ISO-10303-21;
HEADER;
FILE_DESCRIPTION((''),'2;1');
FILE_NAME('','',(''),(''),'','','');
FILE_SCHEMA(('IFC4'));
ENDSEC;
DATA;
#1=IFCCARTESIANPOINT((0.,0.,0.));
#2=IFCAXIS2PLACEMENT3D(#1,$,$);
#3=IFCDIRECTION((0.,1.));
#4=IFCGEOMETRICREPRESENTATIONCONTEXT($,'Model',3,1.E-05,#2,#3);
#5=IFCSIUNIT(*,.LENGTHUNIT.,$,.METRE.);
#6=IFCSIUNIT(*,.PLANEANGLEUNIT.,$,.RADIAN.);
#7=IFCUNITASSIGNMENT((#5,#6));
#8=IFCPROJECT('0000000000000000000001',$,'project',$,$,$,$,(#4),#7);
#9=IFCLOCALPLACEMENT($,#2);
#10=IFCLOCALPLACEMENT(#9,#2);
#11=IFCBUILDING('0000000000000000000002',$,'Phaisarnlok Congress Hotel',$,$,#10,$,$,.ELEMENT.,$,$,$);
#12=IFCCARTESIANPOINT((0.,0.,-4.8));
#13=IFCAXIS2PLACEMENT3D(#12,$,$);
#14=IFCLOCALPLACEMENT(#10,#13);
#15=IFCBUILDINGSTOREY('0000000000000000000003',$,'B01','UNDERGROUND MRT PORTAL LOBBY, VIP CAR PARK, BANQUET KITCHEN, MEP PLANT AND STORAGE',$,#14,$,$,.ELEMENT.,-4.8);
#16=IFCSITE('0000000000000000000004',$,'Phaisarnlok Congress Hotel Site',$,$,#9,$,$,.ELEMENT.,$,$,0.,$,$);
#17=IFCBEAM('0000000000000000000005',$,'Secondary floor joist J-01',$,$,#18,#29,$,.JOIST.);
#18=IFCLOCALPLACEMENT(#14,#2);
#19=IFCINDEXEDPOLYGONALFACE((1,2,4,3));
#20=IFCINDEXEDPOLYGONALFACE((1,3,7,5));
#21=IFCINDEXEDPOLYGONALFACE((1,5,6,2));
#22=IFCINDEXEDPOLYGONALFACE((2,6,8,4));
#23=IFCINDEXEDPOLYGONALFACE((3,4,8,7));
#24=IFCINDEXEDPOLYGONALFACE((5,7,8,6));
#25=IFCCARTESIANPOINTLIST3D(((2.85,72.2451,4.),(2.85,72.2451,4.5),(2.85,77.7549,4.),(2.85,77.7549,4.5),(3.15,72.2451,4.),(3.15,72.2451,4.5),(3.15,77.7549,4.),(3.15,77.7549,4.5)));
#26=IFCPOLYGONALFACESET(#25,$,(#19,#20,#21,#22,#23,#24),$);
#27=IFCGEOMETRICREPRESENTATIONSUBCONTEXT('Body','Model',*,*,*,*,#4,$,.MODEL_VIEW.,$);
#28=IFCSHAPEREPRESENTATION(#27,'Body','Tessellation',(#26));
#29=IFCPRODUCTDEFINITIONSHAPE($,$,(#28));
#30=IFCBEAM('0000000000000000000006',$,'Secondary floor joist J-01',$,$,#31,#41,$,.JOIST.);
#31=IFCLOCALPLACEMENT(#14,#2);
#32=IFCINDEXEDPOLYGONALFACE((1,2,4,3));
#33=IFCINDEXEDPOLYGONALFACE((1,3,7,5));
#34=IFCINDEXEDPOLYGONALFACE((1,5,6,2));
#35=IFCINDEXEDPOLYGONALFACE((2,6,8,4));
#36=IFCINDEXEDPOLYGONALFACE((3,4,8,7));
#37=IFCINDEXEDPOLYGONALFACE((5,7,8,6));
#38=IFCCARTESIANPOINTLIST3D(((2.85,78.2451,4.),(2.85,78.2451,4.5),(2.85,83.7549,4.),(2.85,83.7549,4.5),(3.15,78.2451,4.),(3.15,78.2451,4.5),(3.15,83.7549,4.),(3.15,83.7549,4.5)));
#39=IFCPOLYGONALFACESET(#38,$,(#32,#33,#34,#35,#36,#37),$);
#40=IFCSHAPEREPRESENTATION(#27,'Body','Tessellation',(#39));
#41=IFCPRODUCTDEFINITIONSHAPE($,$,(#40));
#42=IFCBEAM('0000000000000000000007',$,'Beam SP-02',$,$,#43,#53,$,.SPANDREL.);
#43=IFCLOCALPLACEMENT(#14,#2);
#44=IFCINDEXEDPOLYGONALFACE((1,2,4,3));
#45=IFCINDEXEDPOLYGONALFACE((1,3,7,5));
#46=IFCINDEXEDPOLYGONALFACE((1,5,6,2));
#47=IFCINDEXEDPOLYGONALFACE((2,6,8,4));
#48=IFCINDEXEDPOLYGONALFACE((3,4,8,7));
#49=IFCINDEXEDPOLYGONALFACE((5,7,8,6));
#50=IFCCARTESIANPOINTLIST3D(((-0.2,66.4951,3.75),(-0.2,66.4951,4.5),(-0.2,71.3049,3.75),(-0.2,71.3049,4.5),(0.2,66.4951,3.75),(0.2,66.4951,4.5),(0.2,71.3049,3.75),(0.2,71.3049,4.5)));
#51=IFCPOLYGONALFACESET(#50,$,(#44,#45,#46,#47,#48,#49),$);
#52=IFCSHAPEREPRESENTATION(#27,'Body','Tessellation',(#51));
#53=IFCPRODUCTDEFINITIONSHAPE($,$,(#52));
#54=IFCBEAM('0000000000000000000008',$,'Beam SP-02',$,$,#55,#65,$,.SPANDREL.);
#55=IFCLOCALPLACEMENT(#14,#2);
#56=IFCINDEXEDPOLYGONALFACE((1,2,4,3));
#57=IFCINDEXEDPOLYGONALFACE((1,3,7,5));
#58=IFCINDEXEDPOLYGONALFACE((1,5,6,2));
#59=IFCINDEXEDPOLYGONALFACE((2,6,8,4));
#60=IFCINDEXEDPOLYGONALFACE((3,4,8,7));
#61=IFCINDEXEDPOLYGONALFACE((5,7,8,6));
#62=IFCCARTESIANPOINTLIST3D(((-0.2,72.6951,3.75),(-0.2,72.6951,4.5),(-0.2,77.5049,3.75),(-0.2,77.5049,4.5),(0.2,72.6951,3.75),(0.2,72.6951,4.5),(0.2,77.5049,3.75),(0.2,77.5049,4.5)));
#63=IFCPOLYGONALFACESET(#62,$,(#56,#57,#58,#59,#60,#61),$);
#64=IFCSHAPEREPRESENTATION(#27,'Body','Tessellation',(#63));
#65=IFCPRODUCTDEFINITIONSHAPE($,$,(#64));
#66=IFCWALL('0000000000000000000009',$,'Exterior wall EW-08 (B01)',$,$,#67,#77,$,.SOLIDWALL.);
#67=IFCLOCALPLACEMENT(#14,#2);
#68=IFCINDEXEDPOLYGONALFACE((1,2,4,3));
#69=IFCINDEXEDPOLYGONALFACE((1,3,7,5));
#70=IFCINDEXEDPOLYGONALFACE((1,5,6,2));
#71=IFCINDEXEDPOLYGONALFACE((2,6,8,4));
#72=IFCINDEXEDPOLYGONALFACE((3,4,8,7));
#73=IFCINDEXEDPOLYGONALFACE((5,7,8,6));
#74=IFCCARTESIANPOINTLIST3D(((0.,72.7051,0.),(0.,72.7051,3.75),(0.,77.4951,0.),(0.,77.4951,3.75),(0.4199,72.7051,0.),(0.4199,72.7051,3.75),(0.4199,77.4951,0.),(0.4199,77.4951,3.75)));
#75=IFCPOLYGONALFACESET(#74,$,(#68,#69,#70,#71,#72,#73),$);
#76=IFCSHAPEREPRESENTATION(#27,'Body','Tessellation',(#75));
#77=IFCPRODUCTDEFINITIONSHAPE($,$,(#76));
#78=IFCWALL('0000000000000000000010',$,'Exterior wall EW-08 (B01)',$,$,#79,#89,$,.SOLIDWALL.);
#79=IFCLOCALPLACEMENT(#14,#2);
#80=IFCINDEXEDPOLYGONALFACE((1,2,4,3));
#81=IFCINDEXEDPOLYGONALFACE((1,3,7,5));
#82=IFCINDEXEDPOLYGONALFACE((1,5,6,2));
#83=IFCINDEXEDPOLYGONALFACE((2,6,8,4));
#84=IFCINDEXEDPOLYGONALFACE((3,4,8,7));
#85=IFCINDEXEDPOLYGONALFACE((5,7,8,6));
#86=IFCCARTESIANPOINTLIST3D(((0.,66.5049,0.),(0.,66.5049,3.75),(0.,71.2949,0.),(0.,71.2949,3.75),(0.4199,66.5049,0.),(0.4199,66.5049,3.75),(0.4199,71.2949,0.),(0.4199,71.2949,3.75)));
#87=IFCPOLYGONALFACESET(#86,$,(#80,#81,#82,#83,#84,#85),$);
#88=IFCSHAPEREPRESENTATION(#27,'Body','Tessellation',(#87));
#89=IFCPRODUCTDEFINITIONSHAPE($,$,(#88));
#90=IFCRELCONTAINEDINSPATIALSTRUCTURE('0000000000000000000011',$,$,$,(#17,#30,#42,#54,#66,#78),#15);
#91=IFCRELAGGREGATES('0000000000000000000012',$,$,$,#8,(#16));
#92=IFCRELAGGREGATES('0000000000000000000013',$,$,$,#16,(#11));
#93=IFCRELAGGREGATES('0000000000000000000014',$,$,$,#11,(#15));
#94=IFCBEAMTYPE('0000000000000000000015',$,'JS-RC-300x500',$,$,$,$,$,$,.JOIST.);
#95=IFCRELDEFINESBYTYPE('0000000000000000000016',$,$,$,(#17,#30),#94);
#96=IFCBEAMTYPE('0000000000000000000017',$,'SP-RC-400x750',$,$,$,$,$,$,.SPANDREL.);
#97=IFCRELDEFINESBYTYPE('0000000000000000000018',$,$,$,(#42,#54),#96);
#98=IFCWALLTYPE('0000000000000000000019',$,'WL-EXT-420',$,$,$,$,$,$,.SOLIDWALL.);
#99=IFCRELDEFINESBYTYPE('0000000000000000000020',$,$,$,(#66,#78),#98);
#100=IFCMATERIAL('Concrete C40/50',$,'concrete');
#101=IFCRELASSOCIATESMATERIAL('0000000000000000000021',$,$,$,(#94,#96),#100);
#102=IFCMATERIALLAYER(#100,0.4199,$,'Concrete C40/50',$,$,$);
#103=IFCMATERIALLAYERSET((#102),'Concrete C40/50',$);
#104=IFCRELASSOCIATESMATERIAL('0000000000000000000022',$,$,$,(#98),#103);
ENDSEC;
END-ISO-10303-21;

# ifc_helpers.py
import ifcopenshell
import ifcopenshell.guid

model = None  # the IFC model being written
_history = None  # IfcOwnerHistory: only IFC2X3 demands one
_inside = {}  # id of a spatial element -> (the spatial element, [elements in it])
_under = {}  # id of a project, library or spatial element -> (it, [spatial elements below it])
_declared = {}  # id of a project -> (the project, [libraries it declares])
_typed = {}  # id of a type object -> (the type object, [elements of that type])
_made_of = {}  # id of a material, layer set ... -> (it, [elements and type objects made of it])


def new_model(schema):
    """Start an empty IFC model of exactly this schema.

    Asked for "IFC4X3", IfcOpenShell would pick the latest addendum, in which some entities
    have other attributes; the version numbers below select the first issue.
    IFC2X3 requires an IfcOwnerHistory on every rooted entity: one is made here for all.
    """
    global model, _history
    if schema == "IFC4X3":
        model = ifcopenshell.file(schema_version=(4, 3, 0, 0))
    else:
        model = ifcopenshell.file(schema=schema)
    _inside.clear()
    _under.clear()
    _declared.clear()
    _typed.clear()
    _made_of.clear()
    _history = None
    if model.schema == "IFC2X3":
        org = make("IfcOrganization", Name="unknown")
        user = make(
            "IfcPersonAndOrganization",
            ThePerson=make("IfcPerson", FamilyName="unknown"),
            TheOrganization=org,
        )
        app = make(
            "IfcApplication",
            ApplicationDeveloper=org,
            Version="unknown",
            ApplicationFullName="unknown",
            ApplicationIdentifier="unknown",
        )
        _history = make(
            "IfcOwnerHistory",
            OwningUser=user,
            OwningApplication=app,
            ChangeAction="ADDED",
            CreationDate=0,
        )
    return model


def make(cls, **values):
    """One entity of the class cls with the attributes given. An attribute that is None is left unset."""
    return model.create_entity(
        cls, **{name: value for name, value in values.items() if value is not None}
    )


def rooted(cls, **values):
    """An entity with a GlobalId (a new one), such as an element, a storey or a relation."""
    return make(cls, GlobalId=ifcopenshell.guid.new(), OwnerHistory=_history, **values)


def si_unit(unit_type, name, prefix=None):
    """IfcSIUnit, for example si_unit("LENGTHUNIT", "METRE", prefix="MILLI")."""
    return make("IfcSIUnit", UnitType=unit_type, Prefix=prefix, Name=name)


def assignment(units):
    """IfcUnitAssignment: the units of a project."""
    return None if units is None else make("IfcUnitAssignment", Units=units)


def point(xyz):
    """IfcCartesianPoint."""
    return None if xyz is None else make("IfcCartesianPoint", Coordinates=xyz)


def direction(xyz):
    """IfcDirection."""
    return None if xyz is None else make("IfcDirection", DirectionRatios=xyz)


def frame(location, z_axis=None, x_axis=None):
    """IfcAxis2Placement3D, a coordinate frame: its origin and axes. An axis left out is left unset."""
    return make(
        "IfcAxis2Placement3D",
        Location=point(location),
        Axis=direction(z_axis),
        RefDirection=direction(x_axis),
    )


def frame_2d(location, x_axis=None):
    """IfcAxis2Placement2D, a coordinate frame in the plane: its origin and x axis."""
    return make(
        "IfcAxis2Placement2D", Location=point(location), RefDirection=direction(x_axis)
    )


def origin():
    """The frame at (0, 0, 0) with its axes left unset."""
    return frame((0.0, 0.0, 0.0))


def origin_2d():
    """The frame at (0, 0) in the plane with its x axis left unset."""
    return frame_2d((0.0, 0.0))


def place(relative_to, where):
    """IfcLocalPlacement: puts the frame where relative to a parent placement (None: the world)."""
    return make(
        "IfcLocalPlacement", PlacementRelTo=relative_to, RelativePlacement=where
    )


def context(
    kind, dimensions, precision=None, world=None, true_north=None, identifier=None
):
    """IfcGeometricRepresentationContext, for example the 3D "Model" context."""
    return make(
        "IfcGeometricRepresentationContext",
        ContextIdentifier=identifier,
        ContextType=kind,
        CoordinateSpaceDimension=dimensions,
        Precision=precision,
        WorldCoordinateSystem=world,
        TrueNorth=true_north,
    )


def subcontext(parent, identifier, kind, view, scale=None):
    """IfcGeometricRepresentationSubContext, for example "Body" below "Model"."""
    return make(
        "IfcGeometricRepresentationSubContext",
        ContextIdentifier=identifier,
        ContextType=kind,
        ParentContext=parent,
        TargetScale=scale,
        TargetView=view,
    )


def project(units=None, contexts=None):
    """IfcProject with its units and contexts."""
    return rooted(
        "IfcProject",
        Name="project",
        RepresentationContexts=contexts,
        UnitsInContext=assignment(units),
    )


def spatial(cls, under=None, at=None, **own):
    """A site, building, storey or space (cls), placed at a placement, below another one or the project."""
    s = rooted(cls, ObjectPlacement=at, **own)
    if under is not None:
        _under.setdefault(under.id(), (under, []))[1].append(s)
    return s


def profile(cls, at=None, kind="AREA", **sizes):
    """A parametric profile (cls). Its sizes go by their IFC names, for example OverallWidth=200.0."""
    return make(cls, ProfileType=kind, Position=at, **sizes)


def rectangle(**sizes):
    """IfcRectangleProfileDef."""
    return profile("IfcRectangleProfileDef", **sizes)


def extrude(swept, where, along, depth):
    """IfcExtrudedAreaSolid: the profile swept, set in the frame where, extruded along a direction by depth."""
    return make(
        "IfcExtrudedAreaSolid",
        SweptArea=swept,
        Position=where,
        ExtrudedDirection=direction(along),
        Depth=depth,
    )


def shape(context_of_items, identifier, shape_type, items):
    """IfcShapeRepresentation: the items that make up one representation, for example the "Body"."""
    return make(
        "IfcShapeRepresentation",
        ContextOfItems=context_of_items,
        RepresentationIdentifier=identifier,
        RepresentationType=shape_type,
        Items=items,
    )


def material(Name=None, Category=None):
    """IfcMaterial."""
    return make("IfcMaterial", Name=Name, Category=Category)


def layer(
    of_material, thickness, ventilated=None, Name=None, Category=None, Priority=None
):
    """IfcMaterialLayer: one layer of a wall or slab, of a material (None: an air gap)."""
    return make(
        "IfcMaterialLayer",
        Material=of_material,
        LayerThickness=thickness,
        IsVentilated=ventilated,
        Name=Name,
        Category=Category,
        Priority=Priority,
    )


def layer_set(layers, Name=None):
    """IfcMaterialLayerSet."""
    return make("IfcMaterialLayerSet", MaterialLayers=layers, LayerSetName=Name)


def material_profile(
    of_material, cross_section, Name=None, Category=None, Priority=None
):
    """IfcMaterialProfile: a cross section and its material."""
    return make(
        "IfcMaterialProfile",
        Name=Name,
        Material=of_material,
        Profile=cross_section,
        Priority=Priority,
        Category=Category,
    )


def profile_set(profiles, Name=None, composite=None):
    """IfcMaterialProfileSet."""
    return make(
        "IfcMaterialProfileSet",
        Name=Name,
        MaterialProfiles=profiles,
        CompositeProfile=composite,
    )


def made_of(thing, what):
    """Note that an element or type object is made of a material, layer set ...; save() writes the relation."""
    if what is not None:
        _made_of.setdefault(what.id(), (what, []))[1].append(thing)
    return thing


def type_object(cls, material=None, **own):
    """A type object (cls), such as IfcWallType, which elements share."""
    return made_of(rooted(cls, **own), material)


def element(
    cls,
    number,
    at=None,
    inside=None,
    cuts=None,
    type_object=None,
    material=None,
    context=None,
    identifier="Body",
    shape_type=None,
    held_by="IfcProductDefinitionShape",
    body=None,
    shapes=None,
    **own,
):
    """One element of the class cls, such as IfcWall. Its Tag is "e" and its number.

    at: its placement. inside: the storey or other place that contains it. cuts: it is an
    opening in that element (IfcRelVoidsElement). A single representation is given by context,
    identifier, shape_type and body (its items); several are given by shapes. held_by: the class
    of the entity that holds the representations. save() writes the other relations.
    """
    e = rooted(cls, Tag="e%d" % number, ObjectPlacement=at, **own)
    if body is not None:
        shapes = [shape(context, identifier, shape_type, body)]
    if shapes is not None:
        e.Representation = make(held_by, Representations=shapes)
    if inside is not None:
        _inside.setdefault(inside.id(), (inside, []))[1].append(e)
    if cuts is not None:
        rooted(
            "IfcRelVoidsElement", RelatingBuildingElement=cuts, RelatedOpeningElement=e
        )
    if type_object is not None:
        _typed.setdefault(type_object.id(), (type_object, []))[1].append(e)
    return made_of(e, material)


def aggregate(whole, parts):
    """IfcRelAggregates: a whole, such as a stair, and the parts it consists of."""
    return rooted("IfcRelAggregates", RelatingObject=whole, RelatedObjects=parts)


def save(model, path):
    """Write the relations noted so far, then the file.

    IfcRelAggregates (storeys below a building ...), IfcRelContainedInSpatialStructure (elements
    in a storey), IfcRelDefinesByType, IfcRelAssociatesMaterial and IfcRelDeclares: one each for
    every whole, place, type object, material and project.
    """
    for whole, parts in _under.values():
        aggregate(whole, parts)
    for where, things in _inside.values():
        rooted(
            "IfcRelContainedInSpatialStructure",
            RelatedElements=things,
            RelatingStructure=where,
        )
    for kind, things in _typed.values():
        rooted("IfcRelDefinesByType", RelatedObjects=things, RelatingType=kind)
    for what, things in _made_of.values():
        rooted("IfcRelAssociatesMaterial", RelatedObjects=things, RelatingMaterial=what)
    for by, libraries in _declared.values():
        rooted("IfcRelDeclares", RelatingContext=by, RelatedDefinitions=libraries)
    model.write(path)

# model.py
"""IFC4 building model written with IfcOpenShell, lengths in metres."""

from ifc_helpers import new_model, si_unit, direction, frame, frame_2d, origin, origin_2d, place, context, subcontext, project, spatial, rectangle, extrude, material, layer, layer_set, material_profile, profile_set, type_object, element, save


model = new_model("IFC4")

# Units and contexts
model_context = context("Model", 3, precision=1e-05, world=origin(), true_north=direction((0.0, 1.0)))
body_context = subcontext(model_context, "Body", "Model", "MODEL_VIEW")
ifc_project = project(units=[si_unit("LENGTHUNIT", "METRE"), si_unit("PLANEANGLEUNIT", "RADIAN")], contexts=[model_context])

# Site, building, storey
site_placement = place(None, origin())
site = spatial("IfcSite", under=ifc_project, at=site_placement, Name="Phaisarnlok Congress Hotel Site", CompositionType="ELEMENT", RefElevation=0.0)
building_placement = place(site_placement, origin())
building = spatial("IfcBuilding", under=site, at=building_placement, Name="Phaisarnlok Congress Hotel", CompositionType="ELEMENT")
storey_placement = place(building_placement, frame((0.0, 0.0, -4.8)))
storey = spatial("IfcBuildingStorey", under=building, at=storey_placement, Name="B01", Description="UNDERGROUND MRT PORTAL LOBBY, VIP CAR PARK, BANQUET KITCHEN, MEP PLANT AND STORAGE", CompositionType="ELEMENT", Elevation=-4.8)

# Shared definitions
ifc_material_1 = material(Name="Concrete C40/50", Category="concrete")

# Beams
ifc_material_profile_1 = material_profile(ifc_material_1, rectangle(XDim=0.3, YDim=0.5, at=origin_2d()), Name="RC 300x500")
ifc_profile_set_1 = profile_set([ifc_material_profile_1], Name="Concrete C40/50")
beam_type_1 = type_object("IfcBeamType", Name="JS-RC-300x500", PredefinedType="JOIST", material=ifc_profile_set_1)
for number, where, z_axis, x_axis, name in (
    (1, (3.0, 72.2451, 4.25), (0.0, 1.0, 0.0), (-1.0, 0.0, 0.0), "Secondary floor joist J-01"),
    (2, (3.0, 78.2451, 4.25), (0.0, 1.0, 0.0), (-1.0, 0.0, 0.0), "Secondary floor joist J-01"),
):
    element("IfcBeam", number, at=place(storey_placement, frame(where, z_axis=z_axis, x_axis=x_axis)), inside=storey, type_object=beam_type_1, Name=name, PredefinedType="JOIST", context=body_context, shape_type="SweptSolid", body=[
        extrude(rectangle(XDim=0.3, YDim=0.5, at=origin_2d()), origin(), (0.0, 0.0, 1.0), 5.5098),
    ])
ifc_material_profile_2 = material_profile(ifc_material_1, rectangle(XDim=0.3999, YDim=0.75, at=origin_2d()), Name="RC 400x750")
ifc_profile_set_2 = profile_set([ifc_material_profile_2], Name="Concrete C40/50")
beam_type_2 = type_object("IfcBeamType", Name="SP-RC-400x750", PredefinedType="SPANDREL", material=ifc_profile_set_2)
for number, where, z_axis, x_axis, name in (
    (3, (0.0, 66.4951, 4.125), (0.0, 1.0, 0.0), (-1.0, 0.0, 0.0), "Beam SP-02"),
    (4, (0.0, 72.6951, 4.125), (0.0, 1.0, 0.0), (-1.0, 0.0, 0.0), "Beam SP-02"),
):
    element("IfcBeam", number, at=place(storey_placement, frame(where, z_axis=z_axis, x_axis=x_axis)), inside=storey, type_object=beam_type_2, Name=name, PredefinedType="SPANDREL", context=body_context, shape_type="SweptSolid", body=[
        extrude(rectangle(XDim=0.3999, YDim=0.75, at=origin_2d()), origin(), (0.0, 0.0, 1.0), 4.8098),
    ])

# Walls
ifc_layer = layer(ifc_material_1, 0.4199, Name="Concrete C40/50")
ifc_layer_set = layer_set([ifc_layer], Name="Concrete C40/50")
wall_type = type_object("IfcWallType", Name="WL-EXT-420", PredefinedType="SOLIDWALL", material=ifc_layer_set)
for number, where, z_axis, x_axis, name in (
    (5, (0.21, 77.4951, 0.0), (0.0, 0.0, 1.0), (0.0, -1.0, 0.0), "Exterior wall EW-08 (B01)"),
    (6, (0.21, 71.2949, 0.0), (0.0, 0.0, 1.0), (0.0, -1.0, 0.0), "Exterior wall EW-08 (B01)"),
):
    element("IfcWall", number, at=place(storey_placement, frame(where, z_axis=z_axis, x_axis=x_axis)), inside=storey, type_object=wall_type, Name=name, PredefinedType="SOLIDWALL", context=body_context, shape_type="SweptSolid", body=[
        extrude(rectangle(XDim=4.79, YDim=0.4199, at=frame_2d((2.395, 0.0))), origin(), (0.0, 0.0, 1.0), 3.75),
    ])

save(model, "model.ifc")
